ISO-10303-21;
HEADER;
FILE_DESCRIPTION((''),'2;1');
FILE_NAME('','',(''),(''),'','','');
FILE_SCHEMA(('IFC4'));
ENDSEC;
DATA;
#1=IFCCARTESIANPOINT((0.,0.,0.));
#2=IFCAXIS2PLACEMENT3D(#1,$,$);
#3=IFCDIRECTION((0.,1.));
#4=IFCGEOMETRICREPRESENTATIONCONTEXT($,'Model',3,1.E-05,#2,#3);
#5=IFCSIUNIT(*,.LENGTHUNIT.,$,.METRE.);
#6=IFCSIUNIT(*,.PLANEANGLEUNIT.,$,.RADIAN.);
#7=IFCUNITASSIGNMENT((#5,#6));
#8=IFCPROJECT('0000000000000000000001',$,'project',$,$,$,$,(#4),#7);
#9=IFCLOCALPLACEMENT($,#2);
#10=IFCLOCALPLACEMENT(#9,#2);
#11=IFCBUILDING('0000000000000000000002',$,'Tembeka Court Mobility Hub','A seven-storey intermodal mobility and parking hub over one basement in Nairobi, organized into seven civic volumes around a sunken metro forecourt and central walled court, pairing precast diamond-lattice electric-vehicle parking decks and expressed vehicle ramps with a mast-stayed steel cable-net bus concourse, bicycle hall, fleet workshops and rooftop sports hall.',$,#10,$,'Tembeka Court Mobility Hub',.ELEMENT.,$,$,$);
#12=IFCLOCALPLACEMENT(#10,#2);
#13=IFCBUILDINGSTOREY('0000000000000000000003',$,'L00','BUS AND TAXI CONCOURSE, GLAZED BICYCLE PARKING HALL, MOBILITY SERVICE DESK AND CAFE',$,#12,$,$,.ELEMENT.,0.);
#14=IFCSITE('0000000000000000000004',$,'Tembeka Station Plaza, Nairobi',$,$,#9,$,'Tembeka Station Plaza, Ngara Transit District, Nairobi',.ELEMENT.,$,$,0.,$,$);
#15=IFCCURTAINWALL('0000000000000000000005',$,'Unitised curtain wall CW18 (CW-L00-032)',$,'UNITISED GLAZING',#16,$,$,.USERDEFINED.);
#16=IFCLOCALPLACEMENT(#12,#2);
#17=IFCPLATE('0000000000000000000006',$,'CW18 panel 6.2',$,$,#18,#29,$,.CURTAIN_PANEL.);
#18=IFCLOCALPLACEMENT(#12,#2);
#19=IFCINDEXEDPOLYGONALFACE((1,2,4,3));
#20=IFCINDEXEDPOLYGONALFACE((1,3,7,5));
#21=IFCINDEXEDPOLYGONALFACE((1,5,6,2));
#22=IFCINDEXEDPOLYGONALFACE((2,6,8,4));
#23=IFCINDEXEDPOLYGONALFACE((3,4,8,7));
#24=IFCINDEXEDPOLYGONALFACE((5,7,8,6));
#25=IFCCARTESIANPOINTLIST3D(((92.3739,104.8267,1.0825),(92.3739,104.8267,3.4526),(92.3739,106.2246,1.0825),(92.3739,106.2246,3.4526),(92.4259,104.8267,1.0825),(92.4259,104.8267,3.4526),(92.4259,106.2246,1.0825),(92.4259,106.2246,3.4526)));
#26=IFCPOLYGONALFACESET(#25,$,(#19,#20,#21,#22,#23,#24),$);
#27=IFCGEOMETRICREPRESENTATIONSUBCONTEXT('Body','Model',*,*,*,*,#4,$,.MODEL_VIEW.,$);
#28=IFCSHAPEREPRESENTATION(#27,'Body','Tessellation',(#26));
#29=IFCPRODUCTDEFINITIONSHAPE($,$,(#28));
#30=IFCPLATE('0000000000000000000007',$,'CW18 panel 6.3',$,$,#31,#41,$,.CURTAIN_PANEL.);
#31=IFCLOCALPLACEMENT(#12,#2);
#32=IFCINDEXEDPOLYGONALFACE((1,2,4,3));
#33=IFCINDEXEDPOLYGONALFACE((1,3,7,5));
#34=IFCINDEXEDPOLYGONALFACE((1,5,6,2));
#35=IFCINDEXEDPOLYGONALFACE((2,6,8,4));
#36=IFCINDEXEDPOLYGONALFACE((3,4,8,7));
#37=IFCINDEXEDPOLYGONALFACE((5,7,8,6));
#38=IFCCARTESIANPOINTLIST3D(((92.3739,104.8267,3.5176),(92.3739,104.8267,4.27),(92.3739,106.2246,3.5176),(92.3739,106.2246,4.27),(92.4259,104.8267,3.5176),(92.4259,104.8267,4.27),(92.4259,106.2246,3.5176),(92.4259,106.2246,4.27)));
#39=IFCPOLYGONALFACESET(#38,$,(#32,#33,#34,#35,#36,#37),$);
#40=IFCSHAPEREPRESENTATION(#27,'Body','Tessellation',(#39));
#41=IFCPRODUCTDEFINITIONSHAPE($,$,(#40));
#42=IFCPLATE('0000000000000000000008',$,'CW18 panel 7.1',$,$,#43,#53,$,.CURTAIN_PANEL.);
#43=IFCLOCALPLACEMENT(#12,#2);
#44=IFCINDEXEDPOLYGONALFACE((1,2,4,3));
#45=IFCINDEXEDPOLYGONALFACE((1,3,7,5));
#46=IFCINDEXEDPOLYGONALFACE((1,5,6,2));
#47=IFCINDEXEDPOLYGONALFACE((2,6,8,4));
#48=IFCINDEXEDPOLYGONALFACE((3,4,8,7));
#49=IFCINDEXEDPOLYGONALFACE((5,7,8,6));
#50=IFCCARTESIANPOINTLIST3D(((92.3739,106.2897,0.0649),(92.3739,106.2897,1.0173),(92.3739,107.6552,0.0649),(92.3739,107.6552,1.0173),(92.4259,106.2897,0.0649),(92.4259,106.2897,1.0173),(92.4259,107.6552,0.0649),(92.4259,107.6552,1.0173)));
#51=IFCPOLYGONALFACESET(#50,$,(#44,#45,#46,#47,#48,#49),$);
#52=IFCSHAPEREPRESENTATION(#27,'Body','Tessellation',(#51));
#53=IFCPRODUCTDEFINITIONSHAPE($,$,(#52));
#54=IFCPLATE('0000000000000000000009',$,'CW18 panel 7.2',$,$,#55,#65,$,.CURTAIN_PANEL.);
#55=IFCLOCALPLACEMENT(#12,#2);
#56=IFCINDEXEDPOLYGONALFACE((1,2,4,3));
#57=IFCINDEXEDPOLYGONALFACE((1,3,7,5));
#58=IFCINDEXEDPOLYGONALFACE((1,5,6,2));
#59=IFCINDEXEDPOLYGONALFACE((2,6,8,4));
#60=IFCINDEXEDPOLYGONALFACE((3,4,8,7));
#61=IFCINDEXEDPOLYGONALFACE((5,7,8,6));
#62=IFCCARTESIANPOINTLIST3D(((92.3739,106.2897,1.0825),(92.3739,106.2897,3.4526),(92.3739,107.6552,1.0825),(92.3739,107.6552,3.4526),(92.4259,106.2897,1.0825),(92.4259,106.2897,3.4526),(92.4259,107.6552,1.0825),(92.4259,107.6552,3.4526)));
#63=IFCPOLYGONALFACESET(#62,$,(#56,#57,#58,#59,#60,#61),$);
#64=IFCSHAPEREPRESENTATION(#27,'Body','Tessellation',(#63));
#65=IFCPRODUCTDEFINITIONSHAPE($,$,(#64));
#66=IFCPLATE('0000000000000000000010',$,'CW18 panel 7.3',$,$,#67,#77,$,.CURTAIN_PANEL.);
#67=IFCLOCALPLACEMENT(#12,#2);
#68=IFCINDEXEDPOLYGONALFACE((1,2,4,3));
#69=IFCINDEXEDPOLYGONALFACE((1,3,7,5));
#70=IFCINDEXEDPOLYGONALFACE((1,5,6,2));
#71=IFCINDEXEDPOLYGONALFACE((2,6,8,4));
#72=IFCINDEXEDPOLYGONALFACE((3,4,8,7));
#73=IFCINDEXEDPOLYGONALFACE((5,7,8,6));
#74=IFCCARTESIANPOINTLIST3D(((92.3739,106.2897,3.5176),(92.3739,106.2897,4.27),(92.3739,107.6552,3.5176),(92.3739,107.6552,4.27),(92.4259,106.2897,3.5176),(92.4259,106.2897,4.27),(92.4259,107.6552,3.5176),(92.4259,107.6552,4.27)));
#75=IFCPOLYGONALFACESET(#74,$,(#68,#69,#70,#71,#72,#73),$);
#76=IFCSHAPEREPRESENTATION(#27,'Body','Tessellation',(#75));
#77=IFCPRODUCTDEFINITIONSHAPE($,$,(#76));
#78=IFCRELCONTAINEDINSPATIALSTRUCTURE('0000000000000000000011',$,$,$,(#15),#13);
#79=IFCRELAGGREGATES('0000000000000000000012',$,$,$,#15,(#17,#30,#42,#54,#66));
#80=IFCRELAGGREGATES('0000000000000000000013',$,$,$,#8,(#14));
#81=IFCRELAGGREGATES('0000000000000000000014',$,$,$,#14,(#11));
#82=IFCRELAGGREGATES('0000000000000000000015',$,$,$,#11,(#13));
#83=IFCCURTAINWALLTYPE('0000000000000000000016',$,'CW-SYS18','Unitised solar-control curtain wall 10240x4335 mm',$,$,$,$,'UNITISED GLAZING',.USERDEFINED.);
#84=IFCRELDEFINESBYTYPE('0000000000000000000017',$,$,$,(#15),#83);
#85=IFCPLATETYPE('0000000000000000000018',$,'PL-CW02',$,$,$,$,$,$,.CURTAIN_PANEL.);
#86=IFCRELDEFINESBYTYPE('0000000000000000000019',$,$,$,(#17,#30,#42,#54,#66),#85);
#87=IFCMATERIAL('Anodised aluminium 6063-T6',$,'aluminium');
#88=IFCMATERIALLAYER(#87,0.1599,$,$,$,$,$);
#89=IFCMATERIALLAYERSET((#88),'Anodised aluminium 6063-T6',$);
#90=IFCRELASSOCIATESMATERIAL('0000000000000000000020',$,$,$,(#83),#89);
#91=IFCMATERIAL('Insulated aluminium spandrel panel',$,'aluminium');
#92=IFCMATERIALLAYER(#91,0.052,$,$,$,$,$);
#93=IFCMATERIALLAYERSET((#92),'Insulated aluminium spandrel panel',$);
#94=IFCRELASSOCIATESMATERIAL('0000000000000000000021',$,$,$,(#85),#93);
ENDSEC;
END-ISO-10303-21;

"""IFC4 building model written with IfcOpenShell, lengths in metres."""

from ifc_helpers import new_model, si_unit, direction, frame, origin, origin_2d, place, context, subcontext, project, spatial, rectangle, extrude, material, layer, layer_set, type_object, element, aggregate, save


model = new_model("IFC4")

# Units and contexts
model_context = context("Model", 3, precision=1e-05, world=origin(), true_north=direction((0.0, 1.0)))
body_context = subcontext(model_context, "Body", "Model", "MODEL_VIEW")
ifc_project = project(units=[si_unit("LENGTHUNIT", "METRE"), si_unit("PLANEANGLEUNIT", "RADIAN")], contexts=[model_context])

# Site, building, storey
site_placement = place(None, origin())
site = spatial("IfcSite", under=ifc_project, at=site_placement, Name="Tembeka Station Plaza, Nairobi", LongName="Tembeka Station Plaza, Ngara Transit District, Nairobi", CompositionType="ELEMENT", RefElevation=0.0)
building_placement = place(site_placement, origin())
building = spatial("IfcBuilding", under=site, at=building_placement, Name="Tembeka Court Mobility Hub", Description="A seven-storey intermodal mobility and parking hub over one basement in Nairobi, organized into seven civic volumes around a sunken metro forecourt and central walled court, pairing precast diamond-lattice electric-vehicle parking decks and expressed vehicle ramps with a mast-stayed steel cable-net bus concourse, bicycle hall, fleet workshops and rooftop sports hall.", LongName="Tembeka Court Mobility Hub", CompositionType="ELEMENT")
storey_placement = place(building_placement, origin())
storey = spatial("IfcBuildingStorey", under=building, at=storey_placement, Name="L00", Description="BUS AND TAXI CONCOURSE, GLAZED BICYCLE PARKING HALL, MOBILITY SERVICE DESK AND CAFE", CompositionType="ELEMENT", Elevation=0.0)

# Curtain wall
ifc_material_1 = material(Name="Anodised aluminium 6063-T6", Category="aluminium")
ifc_layer_1 = layer(ifc_material_1, 0.1599)
ifc_layer_set_1 = layer_set([ifc_layer_1], Name="Anodised aluminium 6063-T6")
curtain_wall_type = type_object("IfcCurtainWallType", Name="CW-SYS18", Description="Unitised solar-control curtain wall 10240x4335 mm", ElementType="UNITISED GLAZING", PredefinedType="USERDEFINED", material=ifc_layer_set_1)
curtain_wall_1_placement = place(storey_placement, origin())
curtain_wall_1 = element("IfcCurtainWall", 1, at=curtain_wall_1_placement, inside=storey, type_object=curtain_wall_type, Name="Unitised curtain wall CW18 (CW-L00-032)", ObjectType="UNITISED GLAZING", PredefinedType="USERDEFINED")

# Plates
ifc_material_2 = material(Name="Insulated aluminium spandrel panel", Category="aluminium")
ifc_layer_2 = layer(ifc_material_2, 0.052)
ifc_layer_set_2 = layer_set([ifc_layer_2], Name="Insulated aluminium spandrel panel")
plate_type = type_object("IfcPlateType", Name="PL-CW02", PredefinedType="CURTAIN_PANEL", material=ifc_layer_set_2)
plate_1_placement = place(storey_placement, frame((92.3999, 105.5256, 1.0825), z_axis=(0.0, 0.0, 1.0), x_axis=(0.0, 1.0, 0.0)))
plate_1 = element("IfcPlate", 2, at=plate_1_placement, type_object=plate_type, Name="CW18 panel 6.2", PredefinedType="CURTAIN_PANEL", context=body_context, shape_type="SweptSolid", body=[
    extrude(rectangle(XDim=1.3979, YDim=0.052, at=origin_2d()), origin(), (0.0, 0.0, 1.0), 2.3701),
])
plate_2_placement = place(storey_placement, frame((92.3999, 105.5256, 3.5176), z_axis=(0.0, 0.0, 1.0), x_axis=(0.0, 1.0, 0.0)))
plate_2 = element("IfcPlate", 3, at=plate_2_placement, type_object=plate_type, Name="CW18 panel 6.3", PredefinedType="CURTAIN_PANEL", context=body_context, shape_type="SweptSolid", body=[
    extrude(rectangle(XDim=1.3979, YDim=0.052, at=origin_2d()), origin(), (0.0, 0.0, 1.0), 0.7524),
])
plate_3_placement = place(storey_placement, frame((92.3999, 106.9724, 0.0649), z_axis=(0.0, 0.0, 1.0), x_axis=(0.0, 1.0, 0.0)))
plate_3 = element("IfcPlate", 4, at=plate_3_placement, type_object=plate_type, Name="CW18 panel 7.1", PredefinedType="CURTAIN_PANEL", context=body_context, shape_type="SweptSolid", body=[
    extrude(rectangle(XDim=1.3655, YDim=0.052, at=origin_2d()), origin(), (0.0, 0.0, 1.0), 0.9524),
])
plate_4_placement = place(storey_placement, frame((92.3999, 106.9724, 1.0825), z_axis=(0.0, 0.0, 1.0), x_axis=(0.0, 1.0, 0.0)))
plate_4 = element("IfcPlate", 5, at=plate_4_placement, type_object=plate_type, Name="CW18 panel 7.2", PredefinedType="CURTAIN_PANEL", context=body_context, shape_type="SweptSolid", body=[
    extrude(rectangle(XDim=1.3655, YDim=0.052, at=origin_2d()), origin(), (0.0, 0.0, 1.0), 2.3701),
])
plate_5_placement = place(storey_placement, frame((92.3999, 106.9724, 3.5176), z_axis=(0.0, 0.0, 1.0), x_axis=(0.0, 1.0, 0.0)))
plate_5 = element("IfcPlate", 6, at=plate_5_placement, type_object=plate_type, Name="CW18 panel 7.3", PredefinedType="CURTAIN_PANEL", context=body_context, shape_type="SweptSolid", body=[
    extrude(rectangle(XDim=1.3655, YDim=0.052, at=origin_2d()), origin(), (0.0, 0.0, 1.0), 0.7524),
])
aggregate(curtain_wall_1, [plate_1, plate_2, plate_3, plate_4, plate_5])

save(model, "model.ifc")
